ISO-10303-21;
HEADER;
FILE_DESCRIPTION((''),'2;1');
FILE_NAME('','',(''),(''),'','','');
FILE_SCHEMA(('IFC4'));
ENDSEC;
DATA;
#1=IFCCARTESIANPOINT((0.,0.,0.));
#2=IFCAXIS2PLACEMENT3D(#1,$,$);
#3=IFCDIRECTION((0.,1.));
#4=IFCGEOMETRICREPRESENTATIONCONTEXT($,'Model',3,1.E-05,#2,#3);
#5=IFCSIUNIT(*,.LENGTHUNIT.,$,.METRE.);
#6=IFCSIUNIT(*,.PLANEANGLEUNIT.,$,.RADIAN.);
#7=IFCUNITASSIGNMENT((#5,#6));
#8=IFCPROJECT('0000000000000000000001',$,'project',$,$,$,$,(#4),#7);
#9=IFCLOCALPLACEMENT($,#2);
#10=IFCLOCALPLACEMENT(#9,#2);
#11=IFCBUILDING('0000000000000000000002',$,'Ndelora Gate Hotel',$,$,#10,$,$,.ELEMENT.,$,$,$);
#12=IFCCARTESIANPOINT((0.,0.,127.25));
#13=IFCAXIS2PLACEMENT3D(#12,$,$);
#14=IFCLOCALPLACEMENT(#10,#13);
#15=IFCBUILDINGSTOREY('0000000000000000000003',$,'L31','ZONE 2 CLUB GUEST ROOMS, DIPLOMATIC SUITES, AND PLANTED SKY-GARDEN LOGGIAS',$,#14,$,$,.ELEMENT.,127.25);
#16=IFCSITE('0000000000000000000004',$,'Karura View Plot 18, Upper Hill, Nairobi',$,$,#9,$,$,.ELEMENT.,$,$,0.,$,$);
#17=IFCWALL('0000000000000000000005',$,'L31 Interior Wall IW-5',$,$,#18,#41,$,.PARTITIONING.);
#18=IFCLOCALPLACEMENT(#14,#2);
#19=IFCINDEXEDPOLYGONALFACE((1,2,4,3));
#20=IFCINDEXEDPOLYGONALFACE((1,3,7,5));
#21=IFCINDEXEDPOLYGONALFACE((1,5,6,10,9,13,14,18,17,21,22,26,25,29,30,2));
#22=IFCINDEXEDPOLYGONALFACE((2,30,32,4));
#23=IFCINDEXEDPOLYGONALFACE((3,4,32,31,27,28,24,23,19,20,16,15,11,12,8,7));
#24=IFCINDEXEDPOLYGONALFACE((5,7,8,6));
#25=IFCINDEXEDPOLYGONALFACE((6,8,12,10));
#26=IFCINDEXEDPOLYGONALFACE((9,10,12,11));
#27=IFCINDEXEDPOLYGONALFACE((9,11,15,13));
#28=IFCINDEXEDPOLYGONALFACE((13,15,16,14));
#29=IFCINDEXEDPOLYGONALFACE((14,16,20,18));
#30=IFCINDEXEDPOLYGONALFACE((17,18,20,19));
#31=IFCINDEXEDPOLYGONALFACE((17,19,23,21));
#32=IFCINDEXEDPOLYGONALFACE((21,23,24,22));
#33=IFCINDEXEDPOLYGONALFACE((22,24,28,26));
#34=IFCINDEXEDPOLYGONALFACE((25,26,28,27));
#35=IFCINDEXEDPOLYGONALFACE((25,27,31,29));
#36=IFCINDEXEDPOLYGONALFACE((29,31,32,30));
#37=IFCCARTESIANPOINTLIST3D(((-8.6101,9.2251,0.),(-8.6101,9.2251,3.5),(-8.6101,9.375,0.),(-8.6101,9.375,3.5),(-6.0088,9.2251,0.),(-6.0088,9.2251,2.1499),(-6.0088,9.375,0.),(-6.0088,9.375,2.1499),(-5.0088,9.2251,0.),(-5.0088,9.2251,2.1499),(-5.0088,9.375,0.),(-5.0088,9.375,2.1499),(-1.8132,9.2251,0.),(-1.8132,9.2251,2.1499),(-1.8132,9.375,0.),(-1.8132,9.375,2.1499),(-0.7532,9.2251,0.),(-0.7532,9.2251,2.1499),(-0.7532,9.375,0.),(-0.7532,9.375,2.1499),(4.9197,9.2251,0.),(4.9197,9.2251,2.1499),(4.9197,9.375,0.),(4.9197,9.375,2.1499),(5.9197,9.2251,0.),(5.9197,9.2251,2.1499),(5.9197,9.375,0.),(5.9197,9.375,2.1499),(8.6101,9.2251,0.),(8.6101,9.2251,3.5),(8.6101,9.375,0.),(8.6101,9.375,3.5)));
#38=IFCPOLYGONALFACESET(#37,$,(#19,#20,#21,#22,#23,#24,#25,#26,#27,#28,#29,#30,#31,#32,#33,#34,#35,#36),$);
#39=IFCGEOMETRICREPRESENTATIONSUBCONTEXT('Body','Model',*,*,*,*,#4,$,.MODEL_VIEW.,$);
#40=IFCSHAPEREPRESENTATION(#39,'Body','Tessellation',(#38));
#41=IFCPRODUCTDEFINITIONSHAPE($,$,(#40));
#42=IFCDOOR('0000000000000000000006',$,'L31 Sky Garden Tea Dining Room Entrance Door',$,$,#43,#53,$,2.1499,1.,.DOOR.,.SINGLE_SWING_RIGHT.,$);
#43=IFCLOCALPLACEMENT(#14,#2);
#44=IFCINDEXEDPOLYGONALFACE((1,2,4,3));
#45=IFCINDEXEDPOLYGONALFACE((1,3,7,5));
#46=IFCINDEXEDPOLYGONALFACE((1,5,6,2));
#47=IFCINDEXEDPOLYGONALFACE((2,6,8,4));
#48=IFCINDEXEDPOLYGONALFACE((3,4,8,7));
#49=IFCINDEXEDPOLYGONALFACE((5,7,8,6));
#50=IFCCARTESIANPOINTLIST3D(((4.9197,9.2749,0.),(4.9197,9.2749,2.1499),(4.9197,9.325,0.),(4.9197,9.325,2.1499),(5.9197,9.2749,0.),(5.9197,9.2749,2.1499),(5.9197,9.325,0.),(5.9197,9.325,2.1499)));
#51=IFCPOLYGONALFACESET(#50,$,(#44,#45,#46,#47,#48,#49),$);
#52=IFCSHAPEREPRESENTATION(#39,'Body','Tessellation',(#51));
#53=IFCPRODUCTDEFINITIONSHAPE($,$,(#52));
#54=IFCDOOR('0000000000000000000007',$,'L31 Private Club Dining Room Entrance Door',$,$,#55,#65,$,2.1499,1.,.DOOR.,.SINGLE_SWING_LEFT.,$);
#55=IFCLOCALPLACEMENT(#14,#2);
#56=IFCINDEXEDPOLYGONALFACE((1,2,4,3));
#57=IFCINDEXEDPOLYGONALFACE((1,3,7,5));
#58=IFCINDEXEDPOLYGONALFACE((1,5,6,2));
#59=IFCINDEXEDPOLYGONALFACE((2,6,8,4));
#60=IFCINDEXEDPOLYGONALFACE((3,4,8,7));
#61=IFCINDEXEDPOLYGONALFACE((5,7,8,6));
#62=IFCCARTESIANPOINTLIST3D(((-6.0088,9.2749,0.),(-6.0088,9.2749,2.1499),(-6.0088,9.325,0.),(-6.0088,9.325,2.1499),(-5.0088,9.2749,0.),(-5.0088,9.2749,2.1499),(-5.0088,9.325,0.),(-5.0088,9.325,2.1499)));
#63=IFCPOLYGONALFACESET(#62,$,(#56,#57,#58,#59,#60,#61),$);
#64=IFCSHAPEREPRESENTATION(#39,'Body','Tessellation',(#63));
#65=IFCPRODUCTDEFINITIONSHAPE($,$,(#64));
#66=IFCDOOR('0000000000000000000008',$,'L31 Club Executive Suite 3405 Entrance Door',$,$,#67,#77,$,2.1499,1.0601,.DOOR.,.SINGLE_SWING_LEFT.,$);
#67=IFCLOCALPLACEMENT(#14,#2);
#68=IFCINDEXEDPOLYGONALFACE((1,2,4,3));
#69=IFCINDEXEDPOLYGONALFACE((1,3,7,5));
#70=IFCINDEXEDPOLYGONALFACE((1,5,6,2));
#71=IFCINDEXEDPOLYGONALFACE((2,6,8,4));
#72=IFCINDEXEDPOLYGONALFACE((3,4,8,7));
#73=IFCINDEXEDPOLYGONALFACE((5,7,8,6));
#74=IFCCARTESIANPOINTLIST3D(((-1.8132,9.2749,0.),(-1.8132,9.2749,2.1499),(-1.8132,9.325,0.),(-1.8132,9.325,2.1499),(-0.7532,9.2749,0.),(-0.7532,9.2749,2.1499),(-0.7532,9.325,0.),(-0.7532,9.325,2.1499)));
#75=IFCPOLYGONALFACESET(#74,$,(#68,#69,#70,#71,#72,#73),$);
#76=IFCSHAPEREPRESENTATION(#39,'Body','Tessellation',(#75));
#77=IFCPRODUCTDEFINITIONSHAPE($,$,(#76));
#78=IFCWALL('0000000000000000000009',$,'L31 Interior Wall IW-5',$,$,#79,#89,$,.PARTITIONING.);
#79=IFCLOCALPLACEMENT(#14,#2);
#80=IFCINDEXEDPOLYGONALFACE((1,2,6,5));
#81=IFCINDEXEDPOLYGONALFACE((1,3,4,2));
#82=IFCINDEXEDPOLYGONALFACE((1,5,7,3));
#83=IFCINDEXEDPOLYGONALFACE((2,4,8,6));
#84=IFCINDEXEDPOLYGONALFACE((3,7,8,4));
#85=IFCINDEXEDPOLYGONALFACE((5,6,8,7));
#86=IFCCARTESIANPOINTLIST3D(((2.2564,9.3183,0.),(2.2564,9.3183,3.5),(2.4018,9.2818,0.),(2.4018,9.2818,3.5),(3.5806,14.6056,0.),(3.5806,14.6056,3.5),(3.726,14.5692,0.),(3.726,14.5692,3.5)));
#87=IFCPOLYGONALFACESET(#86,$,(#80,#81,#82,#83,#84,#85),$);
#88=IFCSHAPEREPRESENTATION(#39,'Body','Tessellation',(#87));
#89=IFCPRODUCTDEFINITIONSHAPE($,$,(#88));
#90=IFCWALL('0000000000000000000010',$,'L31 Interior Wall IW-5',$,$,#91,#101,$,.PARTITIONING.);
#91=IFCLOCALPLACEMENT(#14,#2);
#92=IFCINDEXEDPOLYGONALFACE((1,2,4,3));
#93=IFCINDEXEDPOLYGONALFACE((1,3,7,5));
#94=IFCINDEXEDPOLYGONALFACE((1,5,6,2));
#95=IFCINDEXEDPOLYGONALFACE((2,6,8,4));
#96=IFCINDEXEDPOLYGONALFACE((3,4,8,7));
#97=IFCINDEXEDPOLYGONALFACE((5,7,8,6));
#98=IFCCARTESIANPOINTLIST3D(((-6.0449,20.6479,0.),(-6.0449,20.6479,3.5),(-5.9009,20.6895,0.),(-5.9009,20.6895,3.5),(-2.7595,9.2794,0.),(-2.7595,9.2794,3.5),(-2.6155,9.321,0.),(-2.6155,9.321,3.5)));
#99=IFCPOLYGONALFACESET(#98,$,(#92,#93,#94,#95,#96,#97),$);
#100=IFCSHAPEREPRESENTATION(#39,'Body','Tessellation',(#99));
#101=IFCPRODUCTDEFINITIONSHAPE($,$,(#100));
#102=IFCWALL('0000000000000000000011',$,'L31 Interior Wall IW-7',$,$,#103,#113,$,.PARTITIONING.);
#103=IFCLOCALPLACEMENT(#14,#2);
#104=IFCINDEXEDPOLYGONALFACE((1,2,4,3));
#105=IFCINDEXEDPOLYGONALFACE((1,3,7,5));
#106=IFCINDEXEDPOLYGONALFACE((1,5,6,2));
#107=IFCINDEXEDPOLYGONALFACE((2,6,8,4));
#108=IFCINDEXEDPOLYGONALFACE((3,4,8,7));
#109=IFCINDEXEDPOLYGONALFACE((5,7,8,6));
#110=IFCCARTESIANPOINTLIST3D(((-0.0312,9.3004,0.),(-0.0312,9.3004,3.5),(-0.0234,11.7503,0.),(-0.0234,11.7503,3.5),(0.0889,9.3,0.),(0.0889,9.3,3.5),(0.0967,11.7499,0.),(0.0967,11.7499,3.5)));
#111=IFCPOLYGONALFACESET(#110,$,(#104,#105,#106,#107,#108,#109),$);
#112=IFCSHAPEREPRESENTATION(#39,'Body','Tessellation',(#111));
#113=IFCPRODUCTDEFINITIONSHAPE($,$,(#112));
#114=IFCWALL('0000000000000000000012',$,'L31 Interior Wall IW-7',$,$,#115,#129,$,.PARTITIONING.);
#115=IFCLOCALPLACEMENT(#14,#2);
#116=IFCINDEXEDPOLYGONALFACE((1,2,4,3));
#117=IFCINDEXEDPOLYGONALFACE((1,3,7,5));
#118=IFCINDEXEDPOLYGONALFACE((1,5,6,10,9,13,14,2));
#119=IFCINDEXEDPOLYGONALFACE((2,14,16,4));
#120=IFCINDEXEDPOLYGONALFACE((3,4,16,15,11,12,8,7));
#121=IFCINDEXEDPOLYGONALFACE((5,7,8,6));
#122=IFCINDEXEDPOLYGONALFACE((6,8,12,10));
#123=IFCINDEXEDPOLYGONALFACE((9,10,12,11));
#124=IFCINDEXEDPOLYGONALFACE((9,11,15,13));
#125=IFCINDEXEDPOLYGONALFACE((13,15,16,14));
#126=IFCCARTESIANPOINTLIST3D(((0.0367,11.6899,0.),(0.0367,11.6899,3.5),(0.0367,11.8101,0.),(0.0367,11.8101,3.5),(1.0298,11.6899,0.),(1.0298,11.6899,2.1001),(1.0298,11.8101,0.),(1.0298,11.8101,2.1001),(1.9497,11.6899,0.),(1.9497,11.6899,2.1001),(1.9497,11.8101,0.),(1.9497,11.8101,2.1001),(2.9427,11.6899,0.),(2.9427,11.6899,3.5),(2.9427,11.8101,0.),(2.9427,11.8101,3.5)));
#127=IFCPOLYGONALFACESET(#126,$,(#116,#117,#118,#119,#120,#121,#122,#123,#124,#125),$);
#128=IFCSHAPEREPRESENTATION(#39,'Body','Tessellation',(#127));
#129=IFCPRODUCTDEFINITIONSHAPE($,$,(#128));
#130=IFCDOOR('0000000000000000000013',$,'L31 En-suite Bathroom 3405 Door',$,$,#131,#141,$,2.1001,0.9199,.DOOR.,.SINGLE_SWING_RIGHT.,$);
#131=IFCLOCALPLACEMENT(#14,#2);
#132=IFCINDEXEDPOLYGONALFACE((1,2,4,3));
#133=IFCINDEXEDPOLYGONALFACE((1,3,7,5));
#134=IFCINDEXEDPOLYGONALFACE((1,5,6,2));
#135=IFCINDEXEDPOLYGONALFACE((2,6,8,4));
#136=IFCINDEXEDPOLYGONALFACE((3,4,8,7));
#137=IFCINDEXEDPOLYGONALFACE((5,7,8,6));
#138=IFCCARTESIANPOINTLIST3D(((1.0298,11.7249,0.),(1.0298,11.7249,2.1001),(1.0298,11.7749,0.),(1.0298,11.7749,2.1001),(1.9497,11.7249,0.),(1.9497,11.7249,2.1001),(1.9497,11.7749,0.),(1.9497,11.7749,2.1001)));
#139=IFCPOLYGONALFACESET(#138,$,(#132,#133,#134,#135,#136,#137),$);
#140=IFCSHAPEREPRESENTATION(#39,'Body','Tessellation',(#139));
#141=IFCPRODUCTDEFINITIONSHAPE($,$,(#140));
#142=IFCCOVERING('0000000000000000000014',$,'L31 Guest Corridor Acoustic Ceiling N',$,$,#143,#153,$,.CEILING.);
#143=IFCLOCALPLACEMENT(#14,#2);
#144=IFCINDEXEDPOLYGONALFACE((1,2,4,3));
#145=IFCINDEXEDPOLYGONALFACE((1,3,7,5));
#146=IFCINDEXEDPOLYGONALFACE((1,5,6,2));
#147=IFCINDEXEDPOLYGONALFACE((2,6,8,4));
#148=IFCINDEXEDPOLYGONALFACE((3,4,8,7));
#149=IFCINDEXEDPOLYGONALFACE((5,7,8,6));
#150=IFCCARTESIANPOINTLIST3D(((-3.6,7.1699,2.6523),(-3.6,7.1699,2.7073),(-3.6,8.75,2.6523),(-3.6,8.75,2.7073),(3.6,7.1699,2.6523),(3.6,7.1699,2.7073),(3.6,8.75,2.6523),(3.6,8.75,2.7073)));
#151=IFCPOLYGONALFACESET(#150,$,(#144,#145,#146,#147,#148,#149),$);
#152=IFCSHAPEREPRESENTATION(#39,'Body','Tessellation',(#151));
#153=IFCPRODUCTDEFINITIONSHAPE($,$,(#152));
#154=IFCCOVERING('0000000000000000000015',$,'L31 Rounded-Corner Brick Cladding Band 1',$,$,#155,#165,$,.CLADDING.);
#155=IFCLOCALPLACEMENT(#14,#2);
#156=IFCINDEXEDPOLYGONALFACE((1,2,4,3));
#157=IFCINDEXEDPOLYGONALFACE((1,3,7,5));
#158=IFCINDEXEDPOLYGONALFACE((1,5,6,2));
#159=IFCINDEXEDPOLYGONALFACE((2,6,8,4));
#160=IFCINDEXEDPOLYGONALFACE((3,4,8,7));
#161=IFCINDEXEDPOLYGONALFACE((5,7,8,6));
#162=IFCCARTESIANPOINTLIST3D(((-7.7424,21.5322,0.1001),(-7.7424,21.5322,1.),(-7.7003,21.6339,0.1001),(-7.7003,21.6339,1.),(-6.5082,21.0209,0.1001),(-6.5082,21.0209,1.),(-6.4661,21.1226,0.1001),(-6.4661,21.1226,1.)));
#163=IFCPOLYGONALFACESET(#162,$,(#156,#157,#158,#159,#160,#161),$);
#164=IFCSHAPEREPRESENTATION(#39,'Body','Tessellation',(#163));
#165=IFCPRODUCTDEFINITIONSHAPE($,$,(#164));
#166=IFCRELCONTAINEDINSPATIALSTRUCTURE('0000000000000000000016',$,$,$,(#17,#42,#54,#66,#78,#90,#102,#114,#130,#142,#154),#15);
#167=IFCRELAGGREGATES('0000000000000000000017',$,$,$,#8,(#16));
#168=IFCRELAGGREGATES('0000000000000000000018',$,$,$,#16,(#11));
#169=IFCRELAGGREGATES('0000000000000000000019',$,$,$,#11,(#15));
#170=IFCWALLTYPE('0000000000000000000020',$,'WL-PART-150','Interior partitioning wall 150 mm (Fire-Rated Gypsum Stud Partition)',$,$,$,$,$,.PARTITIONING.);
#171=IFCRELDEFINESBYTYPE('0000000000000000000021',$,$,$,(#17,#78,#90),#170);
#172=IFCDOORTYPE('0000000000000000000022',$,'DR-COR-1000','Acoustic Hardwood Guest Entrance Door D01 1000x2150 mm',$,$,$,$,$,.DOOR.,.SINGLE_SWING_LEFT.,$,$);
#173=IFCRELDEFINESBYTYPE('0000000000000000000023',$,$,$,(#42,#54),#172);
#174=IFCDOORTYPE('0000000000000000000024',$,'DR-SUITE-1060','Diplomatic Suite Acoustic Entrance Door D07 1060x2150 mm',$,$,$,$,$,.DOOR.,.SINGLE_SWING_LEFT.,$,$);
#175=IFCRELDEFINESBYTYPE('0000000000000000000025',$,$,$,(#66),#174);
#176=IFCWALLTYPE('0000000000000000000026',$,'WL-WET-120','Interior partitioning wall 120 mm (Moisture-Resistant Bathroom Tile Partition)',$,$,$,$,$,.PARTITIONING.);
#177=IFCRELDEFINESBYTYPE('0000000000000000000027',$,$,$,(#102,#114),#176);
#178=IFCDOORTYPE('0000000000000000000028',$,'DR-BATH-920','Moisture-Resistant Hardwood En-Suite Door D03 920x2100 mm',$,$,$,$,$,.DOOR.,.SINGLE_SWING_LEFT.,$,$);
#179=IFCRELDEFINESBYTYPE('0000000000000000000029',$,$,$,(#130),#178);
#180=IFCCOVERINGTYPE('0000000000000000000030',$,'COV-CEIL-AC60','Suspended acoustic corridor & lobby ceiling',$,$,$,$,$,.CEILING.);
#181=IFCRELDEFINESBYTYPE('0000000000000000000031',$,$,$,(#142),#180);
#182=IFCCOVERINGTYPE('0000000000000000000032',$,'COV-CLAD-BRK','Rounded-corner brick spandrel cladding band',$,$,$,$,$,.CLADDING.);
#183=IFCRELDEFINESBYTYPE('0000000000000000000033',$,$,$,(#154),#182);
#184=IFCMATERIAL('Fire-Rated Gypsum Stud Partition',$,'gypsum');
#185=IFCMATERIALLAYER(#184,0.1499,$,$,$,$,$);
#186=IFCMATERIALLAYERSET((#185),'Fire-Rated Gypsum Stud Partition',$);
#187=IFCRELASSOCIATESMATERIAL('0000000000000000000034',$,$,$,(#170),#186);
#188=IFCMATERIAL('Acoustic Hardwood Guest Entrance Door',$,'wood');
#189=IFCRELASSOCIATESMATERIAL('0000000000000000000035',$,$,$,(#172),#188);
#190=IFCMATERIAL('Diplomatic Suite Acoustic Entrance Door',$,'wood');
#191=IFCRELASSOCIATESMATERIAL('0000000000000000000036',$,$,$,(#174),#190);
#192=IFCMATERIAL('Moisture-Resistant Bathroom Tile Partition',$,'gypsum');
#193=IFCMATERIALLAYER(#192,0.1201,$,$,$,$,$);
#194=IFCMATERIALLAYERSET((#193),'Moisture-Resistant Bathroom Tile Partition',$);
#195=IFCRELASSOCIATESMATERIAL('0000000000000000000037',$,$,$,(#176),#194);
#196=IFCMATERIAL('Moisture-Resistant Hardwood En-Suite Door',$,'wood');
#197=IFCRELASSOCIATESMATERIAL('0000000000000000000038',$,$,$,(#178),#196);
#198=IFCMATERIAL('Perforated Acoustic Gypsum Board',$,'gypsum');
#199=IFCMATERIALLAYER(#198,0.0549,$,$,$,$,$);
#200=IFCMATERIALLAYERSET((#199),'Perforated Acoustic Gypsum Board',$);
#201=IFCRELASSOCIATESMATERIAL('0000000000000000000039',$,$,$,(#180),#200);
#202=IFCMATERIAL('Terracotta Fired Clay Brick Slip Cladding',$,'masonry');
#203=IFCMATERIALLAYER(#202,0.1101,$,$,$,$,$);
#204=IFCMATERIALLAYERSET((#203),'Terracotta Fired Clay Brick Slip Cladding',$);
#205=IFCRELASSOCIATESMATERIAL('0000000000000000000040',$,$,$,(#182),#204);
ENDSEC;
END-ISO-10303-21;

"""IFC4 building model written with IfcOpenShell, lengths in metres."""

from ifc_helpers import new_model, si_unit, direction, frame, frame_2d, origin, origin_2d, place, context, subcontext, project, spatial, rectangle, extrude, material, layer, layer_set, type_object, element, fill, save


model = new_model("IFC4")

# Units and contexts
model_context = context("Model", 3, precision=1e-05, world=origin(), true_north=direction((0.0, 1.0)))
body_context = subcontext(model_context, "Body", "Model", "MODEL_VIEW")
ifc_project = project(units=[si_unit("LENGTHUNIT", "METRE"), si_unit("PLANEANGLEUNIT", "RADIAN")], contexts=[model_context])

# Site, building, storey
site_placement = place(None, origin())
site = spatial("IfcSite", under=ifc_project, at=site_placement, Name="Karura View Plot 18, Upper Hill, Nairobi", CompositionType="ELEMENT", RefElevation=0.0)
building_placement = place(site_placement, origin())
building = spatial("IfcBuilding", under=site, at=building_placement, Name="Ndelora Gate Hotel", CompositionType="ELEMENT")
storey_placement = place(building_placement, frame((0.0, 0.0, 127.25)))
storey = spatial("IfcBuildingStorey", under=building, at=storey_placement, Name="L31", Description="ZONE 2 CLUB GUEST ROOMS, DIPLOMATIC SUITES, AND PLANTED SKY-GARDEN LOGGIAS", CompositionType="ELEMENT", Elevation=127.25)

# Wall, openings, doors
ifc_material_1 = material(Name="Fire-Rated Gypsum Stud Partition", Category="gypsum")
ifc_layer_1 = layer(ifc_material_1, 0.1499)
ifc_layer_set_1 = layer_set([ifc_layer_1], Name="Fire-Rated Gypsum Stud Partition")
wall_type_1 = type_object("IfcWallType", Name="WL-PART-150", Description="Interior partitioning wall 150 mm (Fire-Rated Gypsum Stud Partition)", PredefinedType="PARTITIONING", material=ifc_layer_set_1)
wall_1_placement = place(storey_placement, frame((-8.6101, 9.3, 0.0), z_axis=(0.0, 0.0, 1.0), x_axis=(1.0, 0.0, 0.0)))
wall_1 = element("IfcWall", 1, at=wall_1_placement, inside=storey, type_object=wall_type_1, Name="L31 Interior Wall IW-5", PredefinedType="PARTITIONING", context=body_context, shape_type="SweptSolid", body=[
    extrude(rectangle(XDim=17.2202, YDim=0.1499, at=frame_2d((8.6101, 0.0))), origin(), (0.0, 0.0, 1.0), 3.5),
])
opening_1_placement = place(wall_1_placement, frame((13.5298, 0.0, 0.0)))
opening_1 = element("IfcOpeningElement", 2, at=opening_1_placement, cuts=wall_1, PredefinedType="OPENING", context=body_context, shape_type="SweptSolid", body=[
    extrude(rectangle(XDim=1.0, YDim=2.1499, at=frame_2d((0.5, 1.075))), frame((0.0, 0.085, 0.0), z_axis=(0.0, -1.0, 0.0), x_axis=(1.0, 0.0, 0.0)), (0.0, 0.0, 1.0), 0.1699),
])
opening_2_placement = place(wall_1_placement, frame((6.7969, 0.0, 0.0)))
opening_2 = element("IfcOpeningElement", 3, at=opening_2_placement, cuts=wall_1, PredefinedType="OPENING", context=body_context, shape_type="SweptSolid", body=[
    extrude(rectangle(XDim=1.0601, YDim=2.1499, at=frame_2d((0.53, 1.075))), frame((0.0, 0.085, 0.0), z_axis=(0.0, -1.0, 0.0), x_axis=(1.0, 0.0, 0.0)), (0.0, 0.0, 1.0), 0.1699),
])
opening_3_placement = place(wall_1_placement, frame((2.6013, 0.0, 0.0)))
opening_3 = element("IfcOpeningElement", 4, at=opening_3_placement, cuts=wall_1, PredefinedType="OPENING", context=body_context, shape_type="SweptSolid", body=[
    extrude(rectangle(XDim=1.0, YDim=2.1499, at=frame_2d((0.5, 1.075))), frame((0.0, 0.085, 0.0), z_axis=(0.0, -1.0, 0.0), x_axis=(1.0, 0.0, 0.0)), (0.0, 0.0, 1.0), 0.1699),
])
ifc_material_2 = material(Name="Acoustic Hardwood Guest Entrance Door", Category="wood")
door_type_1 = type_object("IfcDoorType", Name="DR-COR-1000", Description="Acoustic Hardwood Guest Entrance Door D01 1000x2150 mm", OperationType="SINGLE_SWING_LEFT", PredefinedType="DOOR", material=ifc_material_2)
door_1_placement = place(opening_1_placement, origin())
door_1 = element("IfcDoor", 5, at=door_1_placement, inside=storey, type_object=door_type_1, Name="L31 Sky Garden Tea Dining Room Entrance Door", OperationType="SINGLE_SWING_RIGHT", OverallHeight=2.1499, OverallWidth=1.0, PredefinedType="DOOR", context=body_context, shape_type="SweptSolid", body=[
    extrude(rectangle(XDim=1.0, YDim=2.1499, at=frame_2d((0.5, 1.075))), frame((0.0, 0.0249, 0.0), z_axis=(0.0, -1.0, 0.0), x_axis=(1.0, 0.0, 0.0)), (0.0, 0.0, 1.0), 0.05),
])
fill(opening_1, door_1)
door_2_placement = place(opening_3_placement, origin())
door_2 = element("IfcDoor", 6, at=door_2_placement, inside=storey, type_object=door_type_1, Name="L31 Private Club Dining Room Entrance Door", OperationType="SINGLE_SWING_LEFT", OverallHeight=2.1499, OverallWidth=1.0, PredefinedType="DOOR", context=body_context, shape_type="SweptSolid", body=[
    extrude(rectangle(XDim=1.0, YDim=2.1499, at=frame_2d((0.5, 1.075))), frame((0.0, 0.0249, 0.0), z_axis=(0.0, -1.0, 0.0), x_axis=(1.0, 0.0, 0.0)), (0.0, 0.0, 1.0), 0.05),
])
fill(opening_3, door_2)
ifc_material_3 = material(Name="Diplomatic Suite Acoustic Entrance Door", Category="wood")
door_type_2 = type_object("IfcDoorType", Name="DR-SUITE-1060", Description="Diplomatic Suite Acoustic Entrance Door D07 1060x2150 mm", OperationType="SINGLE_SWING_LEFT", PredefinedType="DOOR", material=ifc_material_3)
door_3_placement = place(opening_2_placement, origin())
door_3 = element("IfcDoor", 7, at=door_3_placement, inside=storey, type_object=door_type_2, Name="L31 Club Executive Suite 3405 Entrance Door", OperationType="SINGLE_SWING_LEFT", OverallHeight=2.1499, OverallWidth=1.0601, PredefinedType="DOOR", context=body_context, shape_type="SweptSolid", body=[
    extrude(rectangle(XDim=1.0601, YDim=2.1499, at=frame_2d((0.53, 1.075))), frame((0.0, 0.0249, 0.0), z_axis=(0.0, -1.0, 0.0), x_axis=(1.0, 0.0, 0.0)), (0.0, 0.0, 1.0), 0.05),
])
fill(opening_2, door_3)

# Walls
wall_2_placement = place(storey_placement, frame((2.3291, 9.3, 0.0), z_axis=(0.0, 0.0, 1.0), x_axis=(0.242947, 0.97004, 0.0)))
element("IfcWall", 8, at=wall_2_placement, inside=storey, type_object=wall_type_1, Name="L31 Interior Wall IW-5", PredefinedType="PARTITIONING", context=body_context, shape_type="SweptSolid", body=[
    extrude(rectangle(XDim=5.4507, YDim=0.1499, at=frame_2d((2.7253, 0.0))), origin(), (0.0, 0.0, 1.0), 3.5),
])
wall_3_placement = place(storey_placement, frame((-2.6875, 9.3, 0.0), z_axis=(0.0, 0.0, 1.0), x_axis=(-0.277627, 0.960689, 0.0)))
element("IfcWall", 9, at=wall_3_placement, inside=storey, type_object=wall_type_1, Name="L31 Interior Wall IW-5", PredefinedType="PARTITIONING", context=body_context, shape_type="SweptSolid", body=[
    extrude(rectangle(XDim=11.8337, YDim=0.1499, at=frame_2d((5.917, 0.0))), origin(), (0.0, 0.0, 1.0), 3.5),
])
ifc_material_4 = material(Name="Moisture-Resistant Bathroom Tile Partition", Category="gypsum")
ifc_layer_2 = layer(ifc_material_4, 0.1201)
ifc_layer_set_2 = layer_set([ifc_layer_2], Name="Moisture-Resistant Bathroom Tile Partition")
wall_type_2 = type_object("IfcWallType", Name="WL-WET-120", Description="Interior partitioning wall 120 mm (Moisture-Resistant Bathroom Tile Partition)", PredefinedType="PARTITIONING", material=ifc_layer_set_2)
wall_4_placement = place(storey_placement, frame((0.0288, 9.3, 0.0), z_axis=(0.0, 0.0, 1.0), x_axis=(0.003189, 0.999995, 0.0)))
element("IfcWall", 10, at=wall_4_placement, inside=storey, type_object=wall_type_2, Name="L31 Interior Wall IW-7", PredefinedType="PARTITIONING", context=body_context, shape_type="SweptSolid", body=[
    extrude(rectangle(XDim=2.45, YDim=0.1201, at=frame_2d((1.2251, 0.0))), origin(), (0.0, 0.0, 1.0), 3.5),
])

# Wall, opening, door
wall_5_placement = place(storey_placement, frame((0.0366, 11.75, 0.0), z_axis=(0.0, 0.0, 1.0), x_axis=(1.0, 0.0, 0.0)))
wall_5 = element("IfcWall", 11, at=wall_5_placement, inside=storey, type_object=wall_type_2, Name="L31 Interior Wall IW-7", PredefinedType="PARTITIONING", context=body_context, shape_type="SweptSolid", body=[
    extrude(rectangle(XDim=2.906, YDim=0.1201, at=frame_2d((1.4531, 0.0))), origin(), (0.0, 0.0, 1.0), 3.5),
])
opening_4_placement = place(wall_5_placement, frame((0.9932, 0.0, 0.0)))
opening_4 = element("IfcOpeningElement", 12, at=opening_4_placement, cuts=wall_5, PredefinedType="OPENING", context=body_context, shape_type="SweptSolid", body=[
    extrude(rectangle(XDim=0.9199, YDim=2.1001, at=frame_2d((0.46, 1.05))), frame((0.0, 0.0701, 0.0), z_axis=(0.0, -1.0, 0.0), x_axis=(1.0, 0.0, 0.0)), (0.0, 0.0, 1.0), 0.1401),
])
ifc_material_5 = material(Name="Moisture-Resistant Hardwood En-Suite Door", Category="wood")
door_type_3 = type_object("IfcDoorType", Name="DR-BATH-920", Description="Moisture-Resistant Hardwood En-Suite Door D03 920x2100 mm", OperationType="SINGLE_SWING_LEFT", PredefinedType="DOOR", material=ifc_material_5)
door_4_placement = place(opening_4_placement, origin())
door_4 = element("IfcDoor", 13, at=door_4_placement, inside=storey, type_object=door_type_3, Name="L31 En-suite Bathroom 3405 Door", OperationType="SINGLE_SWING_RIGHT", OverallHeight=2.1001, OverallWidth=0.9199, PredefinedType="DOOR", context=body_context, shape_type="SweptSolid", body=[
    extrude(rectangle(XDim=0.9199, YDim=2.1001, at=frame_2d((0.46, 1.05))), frame((0.0, 0.0249, 0.0), z_axis=(0.0, -1.0, 0.0), x_axis=(1.0, 0.0, 0.0)), (0.0, 0.0, 1.0), 0.05),
])
fill(opening_4, door_4)

# Coverings
ifc_material_6 = material(Name="Perforated Acoustic Gypsum Board", Category="gypsum")
ifc_layer_3 = layer(ifc_material_6, 0.0549)
ifc_layer_set_3 = layer_set([ifc_layer_3], Name="Perforated Acoustic Gypsum Board")
covering_type_1 = type_object("IfcCoveringType", Name="COV-CEIL-AC60", Description="Suspended acoustic corridor & lobby ceiling", PredefinedType="CEILING", material=ifc_layer_set_3)
covering_1_placement = place(storey_placement, frame((0.0, 7.96, 2.6523), z_axis=(0.0, 0.0, 1.0), x_axis=(1.0, 0.0, 0.0)))
element("IfcCovering", 14, at=covering_1_placement, inside=storey, type_object=covering_type_1, Name="L31 Guest Corridor Acoustic Ceiling N", PredefinedType="CEILING", context=body_context, shape_type="SweptSolid", body=[
    extrude(rectangle(XDim=7.2, YDim=1.5801, at=origin_2d()), origin(), (0.0, 0.0, 1.0), 0.0549),
])
ifc_material_7 = material(Name="Terracotta Fired Clay Brick Slip Cladding", Category="masonry")
ifc_layer_4 = layer(ifc_material_7, 0.1101)
ifc_layer_set_4 = layer_set([ifc_layer_4], Name="Terracotta Fired Clay Brick Slip Cladding")
covering_type_2 = type_object("IfcCoveringType", Name="COV-CLAD-BRK", Description="Rounded-corner brick spandrel cladding band", PredefinedType="CLADDING", material=ifc_layer_set_4)
covering_2_placement = place(storey_placement, frame((-7.1042, 21.3274, 0.1001), z_axis=(0.0, 0.0, 1.0), x_axis=(-0.92388, 0.382683, 0.0)))
element("IfcCovering", 15, at=covering_2_placement, inside=storey, type_object=covering_type_2, Name="L31 Rounded-Corner Brick Cladding Band 1", PredefinedType="CLADDING", context=body_context, shape_type="SweptSolid", body=[
    extrude(rectangle(XDim=1.3359, YDim=0.1101, at=origin_2d()), origin(), (0.0, 0.0, 1.0), 0.8999),
])

save(model, "model.ifc")
